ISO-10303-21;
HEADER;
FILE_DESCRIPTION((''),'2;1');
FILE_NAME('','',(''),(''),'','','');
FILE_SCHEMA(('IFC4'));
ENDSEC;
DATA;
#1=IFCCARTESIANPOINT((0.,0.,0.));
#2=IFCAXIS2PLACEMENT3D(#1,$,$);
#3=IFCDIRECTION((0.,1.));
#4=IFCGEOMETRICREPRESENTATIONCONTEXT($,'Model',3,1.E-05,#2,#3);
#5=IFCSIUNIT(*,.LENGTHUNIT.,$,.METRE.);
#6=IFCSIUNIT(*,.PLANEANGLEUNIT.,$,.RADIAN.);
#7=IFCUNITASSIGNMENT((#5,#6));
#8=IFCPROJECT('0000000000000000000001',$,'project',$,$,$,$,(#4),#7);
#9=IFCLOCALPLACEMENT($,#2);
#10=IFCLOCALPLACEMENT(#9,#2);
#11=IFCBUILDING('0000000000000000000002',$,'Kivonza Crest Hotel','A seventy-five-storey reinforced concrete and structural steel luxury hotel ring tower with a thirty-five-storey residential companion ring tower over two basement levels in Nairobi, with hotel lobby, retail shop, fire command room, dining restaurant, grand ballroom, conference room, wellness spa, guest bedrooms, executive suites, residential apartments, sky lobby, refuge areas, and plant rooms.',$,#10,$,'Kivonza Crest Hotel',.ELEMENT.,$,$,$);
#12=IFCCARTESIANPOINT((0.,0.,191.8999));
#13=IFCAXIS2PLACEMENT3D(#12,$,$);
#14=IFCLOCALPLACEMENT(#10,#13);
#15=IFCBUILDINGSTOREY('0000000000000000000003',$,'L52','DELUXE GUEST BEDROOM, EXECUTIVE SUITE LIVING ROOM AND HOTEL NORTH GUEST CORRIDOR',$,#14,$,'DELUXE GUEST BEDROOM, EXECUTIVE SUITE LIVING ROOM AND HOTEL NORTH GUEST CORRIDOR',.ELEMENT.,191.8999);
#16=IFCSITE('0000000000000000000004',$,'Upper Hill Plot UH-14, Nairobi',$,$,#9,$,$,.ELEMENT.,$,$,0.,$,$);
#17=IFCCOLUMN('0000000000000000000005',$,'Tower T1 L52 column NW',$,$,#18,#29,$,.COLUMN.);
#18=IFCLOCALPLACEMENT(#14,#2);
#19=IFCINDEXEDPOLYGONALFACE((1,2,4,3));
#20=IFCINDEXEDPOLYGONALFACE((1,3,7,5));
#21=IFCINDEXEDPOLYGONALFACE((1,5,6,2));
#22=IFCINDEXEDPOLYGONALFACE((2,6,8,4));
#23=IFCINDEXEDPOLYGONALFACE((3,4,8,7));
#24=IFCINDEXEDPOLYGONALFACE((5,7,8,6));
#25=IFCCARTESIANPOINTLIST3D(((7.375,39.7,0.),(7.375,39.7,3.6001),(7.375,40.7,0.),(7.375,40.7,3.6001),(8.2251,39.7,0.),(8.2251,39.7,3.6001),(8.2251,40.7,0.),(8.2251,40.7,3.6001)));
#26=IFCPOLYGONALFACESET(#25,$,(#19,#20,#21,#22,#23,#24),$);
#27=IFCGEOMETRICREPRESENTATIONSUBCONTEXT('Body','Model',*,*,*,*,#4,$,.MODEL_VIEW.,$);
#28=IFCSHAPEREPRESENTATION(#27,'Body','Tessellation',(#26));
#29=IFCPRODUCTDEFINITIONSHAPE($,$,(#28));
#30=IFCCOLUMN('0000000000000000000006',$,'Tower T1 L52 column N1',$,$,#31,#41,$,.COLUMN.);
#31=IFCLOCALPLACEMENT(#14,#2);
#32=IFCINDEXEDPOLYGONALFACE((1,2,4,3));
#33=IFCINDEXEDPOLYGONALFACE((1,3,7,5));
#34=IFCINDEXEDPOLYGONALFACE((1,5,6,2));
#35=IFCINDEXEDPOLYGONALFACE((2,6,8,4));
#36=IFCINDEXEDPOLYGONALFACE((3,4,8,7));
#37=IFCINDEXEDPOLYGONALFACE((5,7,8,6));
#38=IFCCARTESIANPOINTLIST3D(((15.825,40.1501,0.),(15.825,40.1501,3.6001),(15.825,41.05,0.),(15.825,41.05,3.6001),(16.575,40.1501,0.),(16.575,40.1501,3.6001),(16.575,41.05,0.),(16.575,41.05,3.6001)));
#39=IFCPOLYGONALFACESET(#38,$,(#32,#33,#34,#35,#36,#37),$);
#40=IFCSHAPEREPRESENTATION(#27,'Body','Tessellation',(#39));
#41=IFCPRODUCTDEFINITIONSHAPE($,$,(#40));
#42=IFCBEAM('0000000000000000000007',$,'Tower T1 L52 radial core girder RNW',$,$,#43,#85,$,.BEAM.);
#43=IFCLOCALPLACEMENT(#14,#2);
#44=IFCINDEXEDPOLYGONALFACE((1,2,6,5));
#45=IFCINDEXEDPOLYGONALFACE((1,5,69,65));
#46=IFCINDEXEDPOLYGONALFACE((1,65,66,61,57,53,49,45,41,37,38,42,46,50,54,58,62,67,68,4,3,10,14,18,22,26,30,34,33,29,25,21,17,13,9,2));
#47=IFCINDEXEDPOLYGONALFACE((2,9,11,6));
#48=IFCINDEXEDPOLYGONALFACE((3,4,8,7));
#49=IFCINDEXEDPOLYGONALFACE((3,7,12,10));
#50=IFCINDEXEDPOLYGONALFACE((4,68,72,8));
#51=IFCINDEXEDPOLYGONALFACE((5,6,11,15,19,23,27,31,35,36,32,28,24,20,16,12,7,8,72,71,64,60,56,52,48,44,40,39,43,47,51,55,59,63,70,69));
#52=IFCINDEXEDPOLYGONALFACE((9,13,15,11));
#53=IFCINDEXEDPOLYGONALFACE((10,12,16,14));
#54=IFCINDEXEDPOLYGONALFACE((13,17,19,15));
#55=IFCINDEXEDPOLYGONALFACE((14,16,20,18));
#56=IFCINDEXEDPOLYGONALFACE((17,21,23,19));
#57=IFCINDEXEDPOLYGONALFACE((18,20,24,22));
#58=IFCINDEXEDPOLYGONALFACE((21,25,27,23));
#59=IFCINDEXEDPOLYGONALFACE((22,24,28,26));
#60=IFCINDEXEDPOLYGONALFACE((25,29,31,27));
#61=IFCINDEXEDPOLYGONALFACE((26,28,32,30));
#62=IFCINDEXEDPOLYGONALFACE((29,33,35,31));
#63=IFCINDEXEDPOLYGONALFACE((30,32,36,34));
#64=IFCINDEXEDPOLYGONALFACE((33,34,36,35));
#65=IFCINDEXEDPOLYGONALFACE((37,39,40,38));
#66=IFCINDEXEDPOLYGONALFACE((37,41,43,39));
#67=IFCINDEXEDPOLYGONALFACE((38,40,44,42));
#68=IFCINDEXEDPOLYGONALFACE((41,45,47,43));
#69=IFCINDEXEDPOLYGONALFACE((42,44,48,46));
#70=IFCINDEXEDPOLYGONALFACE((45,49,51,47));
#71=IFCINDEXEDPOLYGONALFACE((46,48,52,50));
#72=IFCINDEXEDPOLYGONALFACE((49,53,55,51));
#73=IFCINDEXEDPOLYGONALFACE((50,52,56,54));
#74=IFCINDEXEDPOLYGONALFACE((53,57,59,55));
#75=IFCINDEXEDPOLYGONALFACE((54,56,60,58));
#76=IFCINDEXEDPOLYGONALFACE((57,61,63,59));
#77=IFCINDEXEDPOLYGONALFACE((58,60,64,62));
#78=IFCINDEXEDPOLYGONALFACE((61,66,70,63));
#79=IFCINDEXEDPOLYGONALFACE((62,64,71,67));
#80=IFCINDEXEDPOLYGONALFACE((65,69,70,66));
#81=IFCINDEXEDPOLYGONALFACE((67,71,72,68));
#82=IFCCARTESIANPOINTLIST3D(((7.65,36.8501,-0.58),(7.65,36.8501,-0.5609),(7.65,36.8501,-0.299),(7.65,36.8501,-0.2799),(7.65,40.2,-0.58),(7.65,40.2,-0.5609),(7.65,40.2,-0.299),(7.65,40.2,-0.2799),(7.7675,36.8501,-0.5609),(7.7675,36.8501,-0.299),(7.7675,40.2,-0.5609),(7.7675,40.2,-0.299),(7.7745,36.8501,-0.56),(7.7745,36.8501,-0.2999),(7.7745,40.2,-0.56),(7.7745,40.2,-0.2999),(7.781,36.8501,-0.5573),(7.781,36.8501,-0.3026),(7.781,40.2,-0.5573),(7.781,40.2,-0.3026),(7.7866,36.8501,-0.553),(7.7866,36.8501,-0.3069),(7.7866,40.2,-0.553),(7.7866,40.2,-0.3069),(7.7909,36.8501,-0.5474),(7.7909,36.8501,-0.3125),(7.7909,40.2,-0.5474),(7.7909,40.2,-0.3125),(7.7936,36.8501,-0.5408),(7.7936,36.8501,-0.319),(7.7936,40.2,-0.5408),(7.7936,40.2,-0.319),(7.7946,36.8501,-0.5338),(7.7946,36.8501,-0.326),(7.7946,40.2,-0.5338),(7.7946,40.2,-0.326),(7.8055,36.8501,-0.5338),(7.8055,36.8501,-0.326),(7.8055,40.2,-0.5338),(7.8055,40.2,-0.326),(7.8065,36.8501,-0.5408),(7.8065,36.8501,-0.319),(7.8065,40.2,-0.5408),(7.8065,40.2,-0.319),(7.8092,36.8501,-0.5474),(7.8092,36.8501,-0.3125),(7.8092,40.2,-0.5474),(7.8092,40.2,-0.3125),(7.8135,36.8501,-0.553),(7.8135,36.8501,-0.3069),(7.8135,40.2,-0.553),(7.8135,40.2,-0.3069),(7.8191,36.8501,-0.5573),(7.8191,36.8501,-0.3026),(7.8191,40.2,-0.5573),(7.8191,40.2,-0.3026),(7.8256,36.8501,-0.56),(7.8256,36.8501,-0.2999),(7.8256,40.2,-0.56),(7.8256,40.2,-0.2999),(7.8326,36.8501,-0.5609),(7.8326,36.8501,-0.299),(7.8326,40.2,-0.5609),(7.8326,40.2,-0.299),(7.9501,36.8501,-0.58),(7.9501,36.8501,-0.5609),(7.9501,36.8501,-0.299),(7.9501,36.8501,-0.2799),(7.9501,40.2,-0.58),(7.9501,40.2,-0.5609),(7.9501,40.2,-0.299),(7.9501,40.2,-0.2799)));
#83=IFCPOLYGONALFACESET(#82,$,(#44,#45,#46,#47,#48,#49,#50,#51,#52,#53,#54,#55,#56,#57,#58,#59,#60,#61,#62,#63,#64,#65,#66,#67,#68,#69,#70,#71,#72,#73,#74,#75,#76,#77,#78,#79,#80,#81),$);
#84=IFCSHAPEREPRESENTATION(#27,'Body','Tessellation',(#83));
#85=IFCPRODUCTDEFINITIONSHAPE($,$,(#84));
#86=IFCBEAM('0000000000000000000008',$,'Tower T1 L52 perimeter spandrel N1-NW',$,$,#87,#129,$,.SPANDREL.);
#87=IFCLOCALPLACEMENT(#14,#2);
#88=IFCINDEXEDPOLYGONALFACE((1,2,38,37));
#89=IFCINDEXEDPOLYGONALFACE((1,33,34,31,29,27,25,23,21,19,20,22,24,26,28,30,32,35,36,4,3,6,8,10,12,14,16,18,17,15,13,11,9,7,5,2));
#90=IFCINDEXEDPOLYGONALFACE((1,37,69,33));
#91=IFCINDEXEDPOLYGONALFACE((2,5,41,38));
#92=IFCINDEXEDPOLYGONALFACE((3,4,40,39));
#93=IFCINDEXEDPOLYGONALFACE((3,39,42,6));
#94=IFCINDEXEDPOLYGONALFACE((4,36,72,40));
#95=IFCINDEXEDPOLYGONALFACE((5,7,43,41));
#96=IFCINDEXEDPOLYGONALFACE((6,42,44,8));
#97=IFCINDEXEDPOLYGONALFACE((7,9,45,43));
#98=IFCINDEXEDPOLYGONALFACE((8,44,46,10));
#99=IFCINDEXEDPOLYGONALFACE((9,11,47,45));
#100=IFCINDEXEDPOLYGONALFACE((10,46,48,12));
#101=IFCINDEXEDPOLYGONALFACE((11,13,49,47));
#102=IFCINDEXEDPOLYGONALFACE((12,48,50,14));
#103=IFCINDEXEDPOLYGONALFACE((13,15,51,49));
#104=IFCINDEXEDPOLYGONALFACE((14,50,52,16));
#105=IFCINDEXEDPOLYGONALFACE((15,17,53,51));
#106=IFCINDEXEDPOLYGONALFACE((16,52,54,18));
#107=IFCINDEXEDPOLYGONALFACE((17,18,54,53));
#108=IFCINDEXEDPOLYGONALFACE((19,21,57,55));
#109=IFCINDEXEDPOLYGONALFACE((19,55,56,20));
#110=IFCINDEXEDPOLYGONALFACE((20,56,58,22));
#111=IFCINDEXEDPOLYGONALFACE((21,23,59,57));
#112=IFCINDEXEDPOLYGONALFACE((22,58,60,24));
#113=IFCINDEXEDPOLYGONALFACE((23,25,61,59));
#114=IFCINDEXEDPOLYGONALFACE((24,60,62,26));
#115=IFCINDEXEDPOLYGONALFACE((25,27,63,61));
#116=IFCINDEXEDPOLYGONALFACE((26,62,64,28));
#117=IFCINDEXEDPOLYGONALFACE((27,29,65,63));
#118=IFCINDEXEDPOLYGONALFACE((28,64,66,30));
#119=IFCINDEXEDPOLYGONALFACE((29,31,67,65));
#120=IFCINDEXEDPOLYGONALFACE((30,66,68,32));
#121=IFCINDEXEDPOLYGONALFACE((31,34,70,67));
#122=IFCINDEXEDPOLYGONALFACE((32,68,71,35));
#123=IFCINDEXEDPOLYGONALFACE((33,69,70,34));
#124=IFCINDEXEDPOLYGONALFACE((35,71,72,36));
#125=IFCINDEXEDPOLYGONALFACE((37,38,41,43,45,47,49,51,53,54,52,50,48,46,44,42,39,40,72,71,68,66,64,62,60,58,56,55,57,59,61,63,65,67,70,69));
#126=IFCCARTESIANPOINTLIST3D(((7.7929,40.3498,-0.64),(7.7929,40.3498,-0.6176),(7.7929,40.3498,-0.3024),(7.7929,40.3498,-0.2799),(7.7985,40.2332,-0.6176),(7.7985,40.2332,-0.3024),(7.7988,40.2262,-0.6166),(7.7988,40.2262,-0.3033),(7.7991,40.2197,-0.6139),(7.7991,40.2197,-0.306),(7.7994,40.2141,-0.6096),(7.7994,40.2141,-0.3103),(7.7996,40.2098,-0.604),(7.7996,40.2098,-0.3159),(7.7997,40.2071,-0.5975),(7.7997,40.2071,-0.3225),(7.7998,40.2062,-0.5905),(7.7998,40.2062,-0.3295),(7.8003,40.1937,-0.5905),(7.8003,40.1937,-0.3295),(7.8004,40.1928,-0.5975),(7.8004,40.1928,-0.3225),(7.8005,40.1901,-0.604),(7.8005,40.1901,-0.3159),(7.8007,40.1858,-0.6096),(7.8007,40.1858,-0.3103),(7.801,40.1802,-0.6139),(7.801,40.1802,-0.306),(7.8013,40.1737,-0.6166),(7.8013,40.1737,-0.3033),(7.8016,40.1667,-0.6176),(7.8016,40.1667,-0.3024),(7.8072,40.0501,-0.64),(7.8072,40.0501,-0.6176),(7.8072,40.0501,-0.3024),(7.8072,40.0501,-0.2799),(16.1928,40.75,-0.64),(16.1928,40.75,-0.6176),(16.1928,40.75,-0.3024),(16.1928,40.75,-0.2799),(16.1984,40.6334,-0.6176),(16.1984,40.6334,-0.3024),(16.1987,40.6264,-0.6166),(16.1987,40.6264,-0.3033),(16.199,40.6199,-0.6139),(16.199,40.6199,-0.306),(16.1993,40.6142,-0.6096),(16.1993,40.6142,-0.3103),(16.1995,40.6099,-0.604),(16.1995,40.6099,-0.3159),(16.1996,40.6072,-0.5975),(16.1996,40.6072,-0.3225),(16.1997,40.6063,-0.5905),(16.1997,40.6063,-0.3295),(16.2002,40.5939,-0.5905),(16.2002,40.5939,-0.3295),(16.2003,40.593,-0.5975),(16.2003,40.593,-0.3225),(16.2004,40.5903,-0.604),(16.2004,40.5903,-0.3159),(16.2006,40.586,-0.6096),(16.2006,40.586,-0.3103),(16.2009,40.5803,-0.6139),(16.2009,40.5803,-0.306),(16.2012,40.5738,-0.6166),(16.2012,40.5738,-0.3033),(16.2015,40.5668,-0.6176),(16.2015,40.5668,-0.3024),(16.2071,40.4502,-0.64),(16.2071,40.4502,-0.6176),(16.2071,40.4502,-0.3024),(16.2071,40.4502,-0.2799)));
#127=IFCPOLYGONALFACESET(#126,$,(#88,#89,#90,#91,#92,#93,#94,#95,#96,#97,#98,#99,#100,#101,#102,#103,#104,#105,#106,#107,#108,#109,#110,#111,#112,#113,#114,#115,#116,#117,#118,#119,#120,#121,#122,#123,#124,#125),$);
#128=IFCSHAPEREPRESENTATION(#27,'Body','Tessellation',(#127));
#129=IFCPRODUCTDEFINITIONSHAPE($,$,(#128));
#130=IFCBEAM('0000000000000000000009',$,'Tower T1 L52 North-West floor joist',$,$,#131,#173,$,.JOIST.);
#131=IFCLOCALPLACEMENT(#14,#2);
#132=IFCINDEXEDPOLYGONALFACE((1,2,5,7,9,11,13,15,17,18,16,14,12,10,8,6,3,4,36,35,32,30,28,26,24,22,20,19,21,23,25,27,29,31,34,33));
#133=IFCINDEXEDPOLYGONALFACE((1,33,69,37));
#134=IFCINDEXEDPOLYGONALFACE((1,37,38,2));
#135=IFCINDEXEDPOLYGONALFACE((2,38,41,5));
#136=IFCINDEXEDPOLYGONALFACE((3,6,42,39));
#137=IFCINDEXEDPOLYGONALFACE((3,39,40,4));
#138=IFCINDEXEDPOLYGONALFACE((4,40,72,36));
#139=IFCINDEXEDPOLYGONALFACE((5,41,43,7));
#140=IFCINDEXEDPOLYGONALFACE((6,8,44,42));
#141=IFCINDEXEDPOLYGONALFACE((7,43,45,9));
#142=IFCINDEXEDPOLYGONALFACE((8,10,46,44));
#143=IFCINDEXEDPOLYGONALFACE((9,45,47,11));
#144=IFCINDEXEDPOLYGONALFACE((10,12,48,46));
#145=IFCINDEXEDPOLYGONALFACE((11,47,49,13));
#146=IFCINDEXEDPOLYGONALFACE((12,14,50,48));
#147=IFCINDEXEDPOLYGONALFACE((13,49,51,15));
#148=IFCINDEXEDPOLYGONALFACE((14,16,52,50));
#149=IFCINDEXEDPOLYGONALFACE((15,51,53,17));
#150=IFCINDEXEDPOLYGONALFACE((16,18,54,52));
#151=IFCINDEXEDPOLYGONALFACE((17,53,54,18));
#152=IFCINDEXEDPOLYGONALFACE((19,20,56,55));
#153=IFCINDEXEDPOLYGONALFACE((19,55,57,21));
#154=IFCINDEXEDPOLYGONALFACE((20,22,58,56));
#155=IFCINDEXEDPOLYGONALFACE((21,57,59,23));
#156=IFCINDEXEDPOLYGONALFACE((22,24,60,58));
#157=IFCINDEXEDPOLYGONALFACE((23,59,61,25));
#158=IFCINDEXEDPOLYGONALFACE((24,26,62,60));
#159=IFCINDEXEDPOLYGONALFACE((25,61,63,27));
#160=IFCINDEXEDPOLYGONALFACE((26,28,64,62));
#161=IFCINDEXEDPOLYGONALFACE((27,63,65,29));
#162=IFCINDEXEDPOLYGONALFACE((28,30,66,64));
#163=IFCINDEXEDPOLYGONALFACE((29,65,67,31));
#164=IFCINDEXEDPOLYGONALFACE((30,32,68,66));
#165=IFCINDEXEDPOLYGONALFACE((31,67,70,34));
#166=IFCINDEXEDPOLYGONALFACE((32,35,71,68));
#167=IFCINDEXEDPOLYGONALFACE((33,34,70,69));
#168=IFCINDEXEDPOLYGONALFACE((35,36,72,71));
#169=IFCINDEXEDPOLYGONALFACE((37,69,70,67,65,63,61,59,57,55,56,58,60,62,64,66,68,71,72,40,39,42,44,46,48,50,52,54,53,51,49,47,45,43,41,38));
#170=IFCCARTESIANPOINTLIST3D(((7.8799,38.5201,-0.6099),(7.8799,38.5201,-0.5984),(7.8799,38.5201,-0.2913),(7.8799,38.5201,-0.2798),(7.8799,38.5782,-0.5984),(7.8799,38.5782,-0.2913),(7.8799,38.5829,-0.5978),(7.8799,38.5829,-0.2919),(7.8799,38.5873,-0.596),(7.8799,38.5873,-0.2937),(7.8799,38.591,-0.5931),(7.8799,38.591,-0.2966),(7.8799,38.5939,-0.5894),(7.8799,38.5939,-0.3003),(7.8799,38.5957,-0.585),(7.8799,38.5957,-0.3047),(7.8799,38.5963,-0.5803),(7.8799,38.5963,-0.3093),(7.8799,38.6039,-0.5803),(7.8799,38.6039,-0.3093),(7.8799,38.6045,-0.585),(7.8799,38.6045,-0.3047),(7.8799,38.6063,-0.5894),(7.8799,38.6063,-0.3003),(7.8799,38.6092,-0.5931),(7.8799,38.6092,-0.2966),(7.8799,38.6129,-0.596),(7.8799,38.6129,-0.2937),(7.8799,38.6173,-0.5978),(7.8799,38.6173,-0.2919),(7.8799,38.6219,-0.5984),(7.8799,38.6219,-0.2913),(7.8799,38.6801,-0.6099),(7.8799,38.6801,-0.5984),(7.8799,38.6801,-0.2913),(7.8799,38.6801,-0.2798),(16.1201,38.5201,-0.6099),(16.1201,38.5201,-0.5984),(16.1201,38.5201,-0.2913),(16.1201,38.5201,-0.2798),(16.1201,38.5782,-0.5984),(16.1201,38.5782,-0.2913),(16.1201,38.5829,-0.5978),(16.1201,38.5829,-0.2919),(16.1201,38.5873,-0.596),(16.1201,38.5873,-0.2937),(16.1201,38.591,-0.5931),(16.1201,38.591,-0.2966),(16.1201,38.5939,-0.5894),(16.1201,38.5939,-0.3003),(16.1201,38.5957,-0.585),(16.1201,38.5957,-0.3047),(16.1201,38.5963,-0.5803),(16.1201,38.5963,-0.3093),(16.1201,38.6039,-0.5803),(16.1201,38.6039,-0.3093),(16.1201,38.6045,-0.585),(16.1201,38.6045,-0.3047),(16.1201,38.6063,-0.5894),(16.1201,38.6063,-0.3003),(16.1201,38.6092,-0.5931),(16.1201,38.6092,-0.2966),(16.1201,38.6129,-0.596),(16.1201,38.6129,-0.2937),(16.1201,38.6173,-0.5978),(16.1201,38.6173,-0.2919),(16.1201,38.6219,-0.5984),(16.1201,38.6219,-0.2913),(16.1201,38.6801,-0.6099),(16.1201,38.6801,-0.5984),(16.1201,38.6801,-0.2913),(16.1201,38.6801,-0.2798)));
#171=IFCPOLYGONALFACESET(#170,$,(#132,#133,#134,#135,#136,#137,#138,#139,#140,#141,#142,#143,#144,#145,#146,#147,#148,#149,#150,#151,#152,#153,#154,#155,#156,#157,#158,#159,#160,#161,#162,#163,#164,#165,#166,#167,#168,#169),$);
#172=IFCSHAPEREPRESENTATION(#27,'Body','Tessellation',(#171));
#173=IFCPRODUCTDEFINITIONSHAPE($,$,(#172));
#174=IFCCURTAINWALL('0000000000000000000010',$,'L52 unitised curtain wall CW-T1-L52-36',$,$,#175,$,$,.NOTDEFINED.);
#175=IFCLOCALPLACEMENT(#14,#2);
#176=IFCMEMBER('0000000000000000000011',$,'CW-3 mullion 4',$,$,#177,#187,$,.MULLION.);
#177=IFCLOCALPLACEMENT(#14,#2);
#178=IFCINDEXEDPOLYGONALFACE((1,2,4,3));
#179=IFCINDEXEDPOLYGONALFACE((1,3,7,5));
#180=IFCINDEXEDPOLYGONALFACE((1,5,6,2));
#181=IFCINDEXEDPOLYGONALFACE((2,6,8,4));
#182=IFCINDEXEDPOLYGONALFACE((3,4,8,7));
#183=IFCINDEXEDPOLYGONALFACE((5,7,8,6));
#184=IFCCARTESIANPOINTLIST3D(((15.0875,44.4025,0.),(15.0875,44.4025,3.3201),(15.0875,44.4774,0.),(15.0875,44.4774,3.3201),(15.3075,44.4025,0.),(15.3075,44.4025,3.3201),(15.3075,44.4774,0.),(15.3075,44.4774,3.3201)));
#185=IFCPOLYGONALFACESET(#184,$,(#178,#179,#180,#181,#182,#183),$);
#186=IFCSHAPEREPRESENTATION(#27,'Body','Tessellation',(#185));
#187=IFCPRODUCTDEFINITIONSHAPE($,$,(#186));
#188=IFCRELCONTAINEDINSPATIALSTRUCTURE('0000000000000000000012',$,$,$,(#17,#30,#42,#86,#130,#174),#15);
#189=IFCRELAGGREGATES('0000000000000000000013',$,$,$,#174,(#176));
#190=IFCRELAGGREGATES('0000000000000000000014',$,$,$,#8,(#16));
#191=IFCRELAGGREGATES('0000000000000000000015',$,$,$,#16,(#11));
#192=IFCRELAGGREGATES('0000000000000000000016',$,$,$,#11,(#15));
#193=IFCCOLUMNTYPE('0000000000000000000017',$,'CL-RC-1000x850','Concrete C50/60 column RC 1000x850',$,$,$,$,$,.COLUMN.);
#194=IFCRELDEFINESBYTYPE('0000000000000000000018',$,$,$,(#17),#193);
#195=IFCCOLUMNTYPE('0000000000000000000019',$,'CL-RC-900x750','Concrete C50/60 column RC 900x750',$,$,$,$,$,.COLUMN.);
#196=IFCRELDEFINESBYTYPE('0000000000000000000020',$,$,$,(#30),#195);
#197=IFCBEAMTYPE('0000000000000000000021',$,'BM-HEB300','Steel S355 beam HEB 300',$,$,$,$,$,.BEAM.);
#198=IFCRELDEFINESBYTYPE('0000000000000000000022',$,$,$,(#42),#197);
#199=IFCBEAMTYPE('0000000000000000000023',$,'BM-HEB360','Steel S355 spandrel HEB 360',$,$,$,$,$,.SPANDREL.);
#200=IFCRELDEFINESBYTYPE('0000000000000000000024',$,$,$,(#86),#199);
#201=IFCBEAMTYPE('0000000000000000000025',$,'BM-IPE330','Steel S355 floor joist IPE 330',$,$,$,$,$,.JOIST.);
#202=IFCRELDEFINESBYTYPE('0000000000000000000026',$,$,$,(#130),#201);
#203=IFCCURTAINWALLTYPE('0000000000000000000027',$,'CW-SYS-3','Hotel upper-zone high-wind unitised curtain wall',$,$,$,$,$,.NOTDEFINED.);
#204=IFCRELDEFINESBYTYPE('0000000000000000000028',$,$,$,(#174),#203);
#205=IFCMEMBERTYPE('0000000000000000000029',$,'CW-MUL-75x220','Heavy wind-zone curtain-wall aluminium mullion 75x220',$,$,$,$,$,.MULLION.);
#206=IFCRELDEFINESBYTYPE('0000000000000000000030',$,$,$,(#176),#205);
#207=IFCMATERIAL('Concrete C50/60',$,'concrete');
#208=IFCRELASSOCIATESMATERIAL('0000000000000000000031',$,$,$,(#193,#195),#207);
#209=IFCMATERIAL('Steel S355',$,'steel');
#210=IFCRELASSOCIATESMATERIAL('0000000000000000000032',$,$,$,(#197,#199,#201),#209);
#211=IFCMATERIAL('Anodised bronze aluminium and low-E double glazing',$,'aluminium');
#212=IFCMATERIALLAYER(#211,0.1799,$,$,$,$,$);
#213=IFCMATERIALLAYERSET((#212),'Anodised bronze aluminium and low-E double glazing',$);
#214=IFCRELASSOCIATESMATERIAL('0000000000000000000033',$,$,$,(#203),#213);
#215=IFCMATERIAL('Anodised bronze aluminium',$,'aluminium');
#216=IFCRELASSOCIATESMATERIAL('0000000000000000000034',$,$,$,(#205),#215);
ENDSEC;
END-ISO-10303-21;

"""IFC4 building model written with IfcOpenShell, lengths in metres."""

from ifc_helpers import new_model, si_unit, direction, frame, origin, origin_2d, place, context, subcontext, project, spatial, rectangle, i_section, extrude, material, layer, layer_set, material_profile, profile_set, type_object, element, aggregate, save


model = new_model("IFC4")

# Units and contexts
model_context = context("Model", 3, precision=1e-05, world=origin(), true_north=direction((0.0, 1.0)))
body_context = subcontext(model_context, "Body", "Model", "MODEL_VIEW")
ifc_project = project(units=[si_unit("LENGTHUNIT", "METRE"), si_unit("PLANEANGLEUNIT", "RADIAN")], contexts=[model_context])

# Site, building, storey
site_placement = place(None, origin())
site = spatial("IfcSite", under=ifc_project, at=site_placement, Name="Upper Hill Plot UH-14, Nairobi", CompositionType="ELEMENT", RefElevation=0.0)
building_placement = place(site_placement, origin())
building = spatial("IfcBuilding", under=site, at=building_placement, Name="Kivonza Crest Hotel", Description="A seventy-five-storey reinforced concrete and structural steel luxury hotel ring tower with a thirty-five-storey residential companion ring tower over two basement levels in Nairobi, with hotel lobby, retail shop, fire command room, dining restaurant, grand ballroom, conference room, wellness spa, guest bedrooms, executive suites, residential apartments, sky lobby, refuge areas, and plant rooms.", LongName="Kivonza Crest Hotel", CompositionType="ELEMENT")
storey_placement = place(building_placement, frame((0.0, 0.0, 191.8999)))
storey = spatial("IfcBuildingStorey", under=building, at=storey_placement, Name="L52", Description="DELUXE GUEST BEDROOM, EXECUTIVE SUITE LIVING ROOM AND HOTEL NORTH GUEST CORRIDOR", LongName="DELUXE GUEST BEDROOM, EXECUTIVE SUITE LIVING ROOM AND HOTEL NORTH GUEST CORRIDOR", CompositionType="ELEMENT", Elevation=191.8999)

# Columns
ifc_material_1 = material(Name="Concrete C50/60", Category="concrete")
ifc_material_profile_1 = material_profile(ifc_material_1, rectangle(XDim=0.8501, YDim=1.0, at=origin_2d()), Name="RC 1000x850")
ifc_profile_set_1 = profile_set([ifc_material_profile_1], Name="Concrete C50/60")
column_type_1 = type_object("IfcColumnType", Name="CL-RC-1000x850", Description="Concrete C50/60 column RC 1000x850", PredefinedType="COLUMN", material=ifc_profile_set_1)
column_1_placement = place(storey_placement, frame((7.8, 40.2, 0.0), z_axis=(0.0, 0.0, 1.0), x_axis=(1.0, 0.0, 0.0)))
element("IfcColumn", 1, at=column_1_placement, inside=storey, type_object=column_type_1, Name="Tower T1 L52 column NW", PredefinedType="COLUMN", context=body_context, shape_type="SweptSolid", body=[
    extrude(rectangle(XDim=0.8501, YDim=1.0, at=origin_2d()), origin(), (0.0, 0.0, 1.0), 3.6001),
])
ifc_material_profile_2 = material_profile(ifc_material_1, rectangle(XDim=0.75, YDim=0.8999, at=origin_2d()), Name="RC 900x750")
ifc_profile_set_2 = profile_set([ifc_material_profile_2], Name="Concrete C50/60")
column_type_2 = type_object("IfcColumnType", Name="CL-RC-900x750", Description="Concrete C50/60 column RC 900x750", PredefinedType="COLUMN", material=ifc_profile_set_2)
column_2_placement = place(storey_placement, frame((16.2, 40.6001, 0.0), z_axis=(0.0, 0.0, 1.0), x_axis=(1.0, 0.0, 0.0)))
element("IfcColumn", 2, at=column_2_placement, inside=storey, type_object=column_type_2, Name="Tower T1 L52 column N1", PredefinedType="COLUMN", context=body_context, shape_type="SweptSolid", body=[
    extrude(rectangle(XDim=0.75, YDim=0.8999, at=origin_2d()), origin(), (0.0, 0.0, 1.0), 3.6001),
])

# Beams
ifc_material_2 = material(Name="Steel S355", Category="steel")
ifc_material_profile_3 = material_profile(ifc_material_2, i_section(OverallWidth=0.3, OverallDepth=0.3, WebThickness=0.011, FlangeThickness=0.019, FilletRadius=0.0271, at=origin_2d()), Name="HEB 300")
ifc_profile_set_3 = profile_set([ifc_material_profile_3], Name="Steel S355")
beam_type_1 = type_object("IfcBeamType", Name="BM-HEB300", Description="Steel S355 beam HEB 300", PredefinedType="BEAM", material=ifc_profile_set_3)
beam_1_placement = place(storey_placement, frame((7.8, 40.2, -0.4299), z_axis=(0.0, -1.0, 0.0), x_axis=(1.0, 0.0, 0.0)))
element("IfcBeam", 3, at=beam_1_placement, inside=storey, type_object=beam_type_1, Name="Tower T1 L52 radial core girder RNW", PredefinedType="BEAM", context=body_context, shape_type="SweptSolid", body=[
    extrude(i_section(OverallWidth=0.3, OverallDepth=0.3, WebThickness=0.011, FlangeThickness=0.019, FilletRadius=0.0271, at=origin_2d()), origin(), (0.0, 0.0, 1.0), 3.3499),
])
ifc_material_profile_4 = material_profile(ifc_material_2, i_section(OverallWidth=0.3, OverallDepth=0.3601, WebThickness=0.0125, FlangeThickness=0.0225, FilletRadius=0.0271, at=origin_2d()), Name="HEB 360")
ifc_profile_set_4 = profile_set([ifc_material_profile_4], Name="Steel S355")
beam_type_2 = type_object("IfcBeamType", Name="BM-HEB360", Description="Steel S355 spandrel HEB 360", PredefinedType="SPANDREL", material=ifc_profile_set_4)
beam_2_placement = place(storey_placement, frame((16.2, 40.6001, -0.46), z_axis=(-0.998867, -0.047583, 0.0), x_axis=(0.047583, -0.998867, 0.0)))
element("IfcBeam", 4, at=beam_2_placement, inside=storey, type_object=beam_type_2, Name="Tower T1 L52 perimeter spandrel N1-NW", PredefinedType="SPANDREL", context=body_context, shape_type="SweptSolid", body=[
    extrude(i_section(OverallWidth=0.3, OverallDepth=0.3601, WebThickness=0.0125, FlangeThickness=0.0225, FilletRadius=0.0271, at=origin_2d()), origin(), (0.0, 0.0, 1.0), 8.4094),
])
ifc_material_profile_5 = material_profile(ifc_material_2, i_section(OverallWidth=0.1599, OverallDepth=0.3301, WebThickness=0.0076, FlangeThickness=0.0115, FilletRadius=0.0181, at=origin_2d()), Name="IPE 330")
ifc_profile_set_5 = profile_set([ifc_material_profile_5], Name="Steel S355")
beam_type_3 = type_object("IfcBeamType", Name="BM-IPE330", Description="Steel S355 floor joist IPE 330", PredefinedType="JOIST", material=ifc_profile_set_5)
beam_3_placement = place(storey_placement, frame((7.8799, 38.6001, -0.4448), z_axis=(1.0, 0.0, 0.0), x_axis=(0.0, 1.0, 0.0)))
element("IfcBeam", 5, at=beam_3_placement, inside=storey, type_object=beam_type_3, Name="Tower T1 L52 North-West floor joist", PredefinedType="JOIST", context=body_context, shape_type="SweptSolid", body=[
    extrude(i_section(OverallWidth=0.1599, OverallDepth=0.3301, WebThickness=0.0076, FlangeThickness=0.0115, FilletRadius=0.0181, at=origin_2d()), origin(), (0.0, 0.0, 1.0), 8.2402),
])

# Curtain wall, member
ifc_material_3 = material(Name="Anodised bronze aluminium and low-E double glazing", Category="aluminium")
ifc_layer_1 = layer(ifc_material_3, 0.1799)
ifc_layer_set_1 = layer_set([ifc_layer_1], Name="Anodised bronze aluminium and low-E double glazing")
curtain_wall_type = type_object("IfcCurtainWallType", Name="CW-SYS-3", Description="Hotel upper-zone high-wind unitised curtain wall", PredefinedType="NOTDEFINED", material=ifc_layer_set_1)
curtain_wall_placement = place(storey_placement, origin())
curtain_wall = element("IfcCurtainWall", 6, at=curtain_wall_placement, inside=storey, type_object=curtain_wall_type, Name="L52 unitised curtain wall CW-T1-L52-36", PredefinedType="NOTDEFINED")
ifc_material_4 = material(Name="Anodised bronze aluminium", Category="aluminium")
ifc_material_profile_6 = material_profile(ifc_material_4, rectangle(XDim=0.075, YDim=0.22, at=origin_2d()), Name="CW-M 75x220")
ifc_profile_set_6 = profile_set([ifc_material_profile_6], Name="Anodised bronze aluminium")
member_type = type_object("IfcMemberType", Name="CW-MUL-75x220", Description="Heavy wind-zone curtain-wall aluminium mullion 75x220", PredefinedType="MULLION", material=ifc_profile_set_6)
member_placement = place(storey_placement, frame((15.1975, 44.4399, 0.0), z_axis=(0.0, 0.0, 1.0), x_axis=(0.0, -1.0, 0.0)))
member = element("IfcMember", 7, at=member_placement, type_object=member_type, Name="CW-3 mullion 4", PredefinedType="MULLION", context=body_context, shape_type="SweptSolid", body=[
    extrude(rectangle(XDim=0.075, YDim=0.22, at=origin_2d()), origin(), (0.0, 0.0, 1.0), 3.3201),
])
aggregate(curtain_wall, [member])

save(model, "model.ifc")
